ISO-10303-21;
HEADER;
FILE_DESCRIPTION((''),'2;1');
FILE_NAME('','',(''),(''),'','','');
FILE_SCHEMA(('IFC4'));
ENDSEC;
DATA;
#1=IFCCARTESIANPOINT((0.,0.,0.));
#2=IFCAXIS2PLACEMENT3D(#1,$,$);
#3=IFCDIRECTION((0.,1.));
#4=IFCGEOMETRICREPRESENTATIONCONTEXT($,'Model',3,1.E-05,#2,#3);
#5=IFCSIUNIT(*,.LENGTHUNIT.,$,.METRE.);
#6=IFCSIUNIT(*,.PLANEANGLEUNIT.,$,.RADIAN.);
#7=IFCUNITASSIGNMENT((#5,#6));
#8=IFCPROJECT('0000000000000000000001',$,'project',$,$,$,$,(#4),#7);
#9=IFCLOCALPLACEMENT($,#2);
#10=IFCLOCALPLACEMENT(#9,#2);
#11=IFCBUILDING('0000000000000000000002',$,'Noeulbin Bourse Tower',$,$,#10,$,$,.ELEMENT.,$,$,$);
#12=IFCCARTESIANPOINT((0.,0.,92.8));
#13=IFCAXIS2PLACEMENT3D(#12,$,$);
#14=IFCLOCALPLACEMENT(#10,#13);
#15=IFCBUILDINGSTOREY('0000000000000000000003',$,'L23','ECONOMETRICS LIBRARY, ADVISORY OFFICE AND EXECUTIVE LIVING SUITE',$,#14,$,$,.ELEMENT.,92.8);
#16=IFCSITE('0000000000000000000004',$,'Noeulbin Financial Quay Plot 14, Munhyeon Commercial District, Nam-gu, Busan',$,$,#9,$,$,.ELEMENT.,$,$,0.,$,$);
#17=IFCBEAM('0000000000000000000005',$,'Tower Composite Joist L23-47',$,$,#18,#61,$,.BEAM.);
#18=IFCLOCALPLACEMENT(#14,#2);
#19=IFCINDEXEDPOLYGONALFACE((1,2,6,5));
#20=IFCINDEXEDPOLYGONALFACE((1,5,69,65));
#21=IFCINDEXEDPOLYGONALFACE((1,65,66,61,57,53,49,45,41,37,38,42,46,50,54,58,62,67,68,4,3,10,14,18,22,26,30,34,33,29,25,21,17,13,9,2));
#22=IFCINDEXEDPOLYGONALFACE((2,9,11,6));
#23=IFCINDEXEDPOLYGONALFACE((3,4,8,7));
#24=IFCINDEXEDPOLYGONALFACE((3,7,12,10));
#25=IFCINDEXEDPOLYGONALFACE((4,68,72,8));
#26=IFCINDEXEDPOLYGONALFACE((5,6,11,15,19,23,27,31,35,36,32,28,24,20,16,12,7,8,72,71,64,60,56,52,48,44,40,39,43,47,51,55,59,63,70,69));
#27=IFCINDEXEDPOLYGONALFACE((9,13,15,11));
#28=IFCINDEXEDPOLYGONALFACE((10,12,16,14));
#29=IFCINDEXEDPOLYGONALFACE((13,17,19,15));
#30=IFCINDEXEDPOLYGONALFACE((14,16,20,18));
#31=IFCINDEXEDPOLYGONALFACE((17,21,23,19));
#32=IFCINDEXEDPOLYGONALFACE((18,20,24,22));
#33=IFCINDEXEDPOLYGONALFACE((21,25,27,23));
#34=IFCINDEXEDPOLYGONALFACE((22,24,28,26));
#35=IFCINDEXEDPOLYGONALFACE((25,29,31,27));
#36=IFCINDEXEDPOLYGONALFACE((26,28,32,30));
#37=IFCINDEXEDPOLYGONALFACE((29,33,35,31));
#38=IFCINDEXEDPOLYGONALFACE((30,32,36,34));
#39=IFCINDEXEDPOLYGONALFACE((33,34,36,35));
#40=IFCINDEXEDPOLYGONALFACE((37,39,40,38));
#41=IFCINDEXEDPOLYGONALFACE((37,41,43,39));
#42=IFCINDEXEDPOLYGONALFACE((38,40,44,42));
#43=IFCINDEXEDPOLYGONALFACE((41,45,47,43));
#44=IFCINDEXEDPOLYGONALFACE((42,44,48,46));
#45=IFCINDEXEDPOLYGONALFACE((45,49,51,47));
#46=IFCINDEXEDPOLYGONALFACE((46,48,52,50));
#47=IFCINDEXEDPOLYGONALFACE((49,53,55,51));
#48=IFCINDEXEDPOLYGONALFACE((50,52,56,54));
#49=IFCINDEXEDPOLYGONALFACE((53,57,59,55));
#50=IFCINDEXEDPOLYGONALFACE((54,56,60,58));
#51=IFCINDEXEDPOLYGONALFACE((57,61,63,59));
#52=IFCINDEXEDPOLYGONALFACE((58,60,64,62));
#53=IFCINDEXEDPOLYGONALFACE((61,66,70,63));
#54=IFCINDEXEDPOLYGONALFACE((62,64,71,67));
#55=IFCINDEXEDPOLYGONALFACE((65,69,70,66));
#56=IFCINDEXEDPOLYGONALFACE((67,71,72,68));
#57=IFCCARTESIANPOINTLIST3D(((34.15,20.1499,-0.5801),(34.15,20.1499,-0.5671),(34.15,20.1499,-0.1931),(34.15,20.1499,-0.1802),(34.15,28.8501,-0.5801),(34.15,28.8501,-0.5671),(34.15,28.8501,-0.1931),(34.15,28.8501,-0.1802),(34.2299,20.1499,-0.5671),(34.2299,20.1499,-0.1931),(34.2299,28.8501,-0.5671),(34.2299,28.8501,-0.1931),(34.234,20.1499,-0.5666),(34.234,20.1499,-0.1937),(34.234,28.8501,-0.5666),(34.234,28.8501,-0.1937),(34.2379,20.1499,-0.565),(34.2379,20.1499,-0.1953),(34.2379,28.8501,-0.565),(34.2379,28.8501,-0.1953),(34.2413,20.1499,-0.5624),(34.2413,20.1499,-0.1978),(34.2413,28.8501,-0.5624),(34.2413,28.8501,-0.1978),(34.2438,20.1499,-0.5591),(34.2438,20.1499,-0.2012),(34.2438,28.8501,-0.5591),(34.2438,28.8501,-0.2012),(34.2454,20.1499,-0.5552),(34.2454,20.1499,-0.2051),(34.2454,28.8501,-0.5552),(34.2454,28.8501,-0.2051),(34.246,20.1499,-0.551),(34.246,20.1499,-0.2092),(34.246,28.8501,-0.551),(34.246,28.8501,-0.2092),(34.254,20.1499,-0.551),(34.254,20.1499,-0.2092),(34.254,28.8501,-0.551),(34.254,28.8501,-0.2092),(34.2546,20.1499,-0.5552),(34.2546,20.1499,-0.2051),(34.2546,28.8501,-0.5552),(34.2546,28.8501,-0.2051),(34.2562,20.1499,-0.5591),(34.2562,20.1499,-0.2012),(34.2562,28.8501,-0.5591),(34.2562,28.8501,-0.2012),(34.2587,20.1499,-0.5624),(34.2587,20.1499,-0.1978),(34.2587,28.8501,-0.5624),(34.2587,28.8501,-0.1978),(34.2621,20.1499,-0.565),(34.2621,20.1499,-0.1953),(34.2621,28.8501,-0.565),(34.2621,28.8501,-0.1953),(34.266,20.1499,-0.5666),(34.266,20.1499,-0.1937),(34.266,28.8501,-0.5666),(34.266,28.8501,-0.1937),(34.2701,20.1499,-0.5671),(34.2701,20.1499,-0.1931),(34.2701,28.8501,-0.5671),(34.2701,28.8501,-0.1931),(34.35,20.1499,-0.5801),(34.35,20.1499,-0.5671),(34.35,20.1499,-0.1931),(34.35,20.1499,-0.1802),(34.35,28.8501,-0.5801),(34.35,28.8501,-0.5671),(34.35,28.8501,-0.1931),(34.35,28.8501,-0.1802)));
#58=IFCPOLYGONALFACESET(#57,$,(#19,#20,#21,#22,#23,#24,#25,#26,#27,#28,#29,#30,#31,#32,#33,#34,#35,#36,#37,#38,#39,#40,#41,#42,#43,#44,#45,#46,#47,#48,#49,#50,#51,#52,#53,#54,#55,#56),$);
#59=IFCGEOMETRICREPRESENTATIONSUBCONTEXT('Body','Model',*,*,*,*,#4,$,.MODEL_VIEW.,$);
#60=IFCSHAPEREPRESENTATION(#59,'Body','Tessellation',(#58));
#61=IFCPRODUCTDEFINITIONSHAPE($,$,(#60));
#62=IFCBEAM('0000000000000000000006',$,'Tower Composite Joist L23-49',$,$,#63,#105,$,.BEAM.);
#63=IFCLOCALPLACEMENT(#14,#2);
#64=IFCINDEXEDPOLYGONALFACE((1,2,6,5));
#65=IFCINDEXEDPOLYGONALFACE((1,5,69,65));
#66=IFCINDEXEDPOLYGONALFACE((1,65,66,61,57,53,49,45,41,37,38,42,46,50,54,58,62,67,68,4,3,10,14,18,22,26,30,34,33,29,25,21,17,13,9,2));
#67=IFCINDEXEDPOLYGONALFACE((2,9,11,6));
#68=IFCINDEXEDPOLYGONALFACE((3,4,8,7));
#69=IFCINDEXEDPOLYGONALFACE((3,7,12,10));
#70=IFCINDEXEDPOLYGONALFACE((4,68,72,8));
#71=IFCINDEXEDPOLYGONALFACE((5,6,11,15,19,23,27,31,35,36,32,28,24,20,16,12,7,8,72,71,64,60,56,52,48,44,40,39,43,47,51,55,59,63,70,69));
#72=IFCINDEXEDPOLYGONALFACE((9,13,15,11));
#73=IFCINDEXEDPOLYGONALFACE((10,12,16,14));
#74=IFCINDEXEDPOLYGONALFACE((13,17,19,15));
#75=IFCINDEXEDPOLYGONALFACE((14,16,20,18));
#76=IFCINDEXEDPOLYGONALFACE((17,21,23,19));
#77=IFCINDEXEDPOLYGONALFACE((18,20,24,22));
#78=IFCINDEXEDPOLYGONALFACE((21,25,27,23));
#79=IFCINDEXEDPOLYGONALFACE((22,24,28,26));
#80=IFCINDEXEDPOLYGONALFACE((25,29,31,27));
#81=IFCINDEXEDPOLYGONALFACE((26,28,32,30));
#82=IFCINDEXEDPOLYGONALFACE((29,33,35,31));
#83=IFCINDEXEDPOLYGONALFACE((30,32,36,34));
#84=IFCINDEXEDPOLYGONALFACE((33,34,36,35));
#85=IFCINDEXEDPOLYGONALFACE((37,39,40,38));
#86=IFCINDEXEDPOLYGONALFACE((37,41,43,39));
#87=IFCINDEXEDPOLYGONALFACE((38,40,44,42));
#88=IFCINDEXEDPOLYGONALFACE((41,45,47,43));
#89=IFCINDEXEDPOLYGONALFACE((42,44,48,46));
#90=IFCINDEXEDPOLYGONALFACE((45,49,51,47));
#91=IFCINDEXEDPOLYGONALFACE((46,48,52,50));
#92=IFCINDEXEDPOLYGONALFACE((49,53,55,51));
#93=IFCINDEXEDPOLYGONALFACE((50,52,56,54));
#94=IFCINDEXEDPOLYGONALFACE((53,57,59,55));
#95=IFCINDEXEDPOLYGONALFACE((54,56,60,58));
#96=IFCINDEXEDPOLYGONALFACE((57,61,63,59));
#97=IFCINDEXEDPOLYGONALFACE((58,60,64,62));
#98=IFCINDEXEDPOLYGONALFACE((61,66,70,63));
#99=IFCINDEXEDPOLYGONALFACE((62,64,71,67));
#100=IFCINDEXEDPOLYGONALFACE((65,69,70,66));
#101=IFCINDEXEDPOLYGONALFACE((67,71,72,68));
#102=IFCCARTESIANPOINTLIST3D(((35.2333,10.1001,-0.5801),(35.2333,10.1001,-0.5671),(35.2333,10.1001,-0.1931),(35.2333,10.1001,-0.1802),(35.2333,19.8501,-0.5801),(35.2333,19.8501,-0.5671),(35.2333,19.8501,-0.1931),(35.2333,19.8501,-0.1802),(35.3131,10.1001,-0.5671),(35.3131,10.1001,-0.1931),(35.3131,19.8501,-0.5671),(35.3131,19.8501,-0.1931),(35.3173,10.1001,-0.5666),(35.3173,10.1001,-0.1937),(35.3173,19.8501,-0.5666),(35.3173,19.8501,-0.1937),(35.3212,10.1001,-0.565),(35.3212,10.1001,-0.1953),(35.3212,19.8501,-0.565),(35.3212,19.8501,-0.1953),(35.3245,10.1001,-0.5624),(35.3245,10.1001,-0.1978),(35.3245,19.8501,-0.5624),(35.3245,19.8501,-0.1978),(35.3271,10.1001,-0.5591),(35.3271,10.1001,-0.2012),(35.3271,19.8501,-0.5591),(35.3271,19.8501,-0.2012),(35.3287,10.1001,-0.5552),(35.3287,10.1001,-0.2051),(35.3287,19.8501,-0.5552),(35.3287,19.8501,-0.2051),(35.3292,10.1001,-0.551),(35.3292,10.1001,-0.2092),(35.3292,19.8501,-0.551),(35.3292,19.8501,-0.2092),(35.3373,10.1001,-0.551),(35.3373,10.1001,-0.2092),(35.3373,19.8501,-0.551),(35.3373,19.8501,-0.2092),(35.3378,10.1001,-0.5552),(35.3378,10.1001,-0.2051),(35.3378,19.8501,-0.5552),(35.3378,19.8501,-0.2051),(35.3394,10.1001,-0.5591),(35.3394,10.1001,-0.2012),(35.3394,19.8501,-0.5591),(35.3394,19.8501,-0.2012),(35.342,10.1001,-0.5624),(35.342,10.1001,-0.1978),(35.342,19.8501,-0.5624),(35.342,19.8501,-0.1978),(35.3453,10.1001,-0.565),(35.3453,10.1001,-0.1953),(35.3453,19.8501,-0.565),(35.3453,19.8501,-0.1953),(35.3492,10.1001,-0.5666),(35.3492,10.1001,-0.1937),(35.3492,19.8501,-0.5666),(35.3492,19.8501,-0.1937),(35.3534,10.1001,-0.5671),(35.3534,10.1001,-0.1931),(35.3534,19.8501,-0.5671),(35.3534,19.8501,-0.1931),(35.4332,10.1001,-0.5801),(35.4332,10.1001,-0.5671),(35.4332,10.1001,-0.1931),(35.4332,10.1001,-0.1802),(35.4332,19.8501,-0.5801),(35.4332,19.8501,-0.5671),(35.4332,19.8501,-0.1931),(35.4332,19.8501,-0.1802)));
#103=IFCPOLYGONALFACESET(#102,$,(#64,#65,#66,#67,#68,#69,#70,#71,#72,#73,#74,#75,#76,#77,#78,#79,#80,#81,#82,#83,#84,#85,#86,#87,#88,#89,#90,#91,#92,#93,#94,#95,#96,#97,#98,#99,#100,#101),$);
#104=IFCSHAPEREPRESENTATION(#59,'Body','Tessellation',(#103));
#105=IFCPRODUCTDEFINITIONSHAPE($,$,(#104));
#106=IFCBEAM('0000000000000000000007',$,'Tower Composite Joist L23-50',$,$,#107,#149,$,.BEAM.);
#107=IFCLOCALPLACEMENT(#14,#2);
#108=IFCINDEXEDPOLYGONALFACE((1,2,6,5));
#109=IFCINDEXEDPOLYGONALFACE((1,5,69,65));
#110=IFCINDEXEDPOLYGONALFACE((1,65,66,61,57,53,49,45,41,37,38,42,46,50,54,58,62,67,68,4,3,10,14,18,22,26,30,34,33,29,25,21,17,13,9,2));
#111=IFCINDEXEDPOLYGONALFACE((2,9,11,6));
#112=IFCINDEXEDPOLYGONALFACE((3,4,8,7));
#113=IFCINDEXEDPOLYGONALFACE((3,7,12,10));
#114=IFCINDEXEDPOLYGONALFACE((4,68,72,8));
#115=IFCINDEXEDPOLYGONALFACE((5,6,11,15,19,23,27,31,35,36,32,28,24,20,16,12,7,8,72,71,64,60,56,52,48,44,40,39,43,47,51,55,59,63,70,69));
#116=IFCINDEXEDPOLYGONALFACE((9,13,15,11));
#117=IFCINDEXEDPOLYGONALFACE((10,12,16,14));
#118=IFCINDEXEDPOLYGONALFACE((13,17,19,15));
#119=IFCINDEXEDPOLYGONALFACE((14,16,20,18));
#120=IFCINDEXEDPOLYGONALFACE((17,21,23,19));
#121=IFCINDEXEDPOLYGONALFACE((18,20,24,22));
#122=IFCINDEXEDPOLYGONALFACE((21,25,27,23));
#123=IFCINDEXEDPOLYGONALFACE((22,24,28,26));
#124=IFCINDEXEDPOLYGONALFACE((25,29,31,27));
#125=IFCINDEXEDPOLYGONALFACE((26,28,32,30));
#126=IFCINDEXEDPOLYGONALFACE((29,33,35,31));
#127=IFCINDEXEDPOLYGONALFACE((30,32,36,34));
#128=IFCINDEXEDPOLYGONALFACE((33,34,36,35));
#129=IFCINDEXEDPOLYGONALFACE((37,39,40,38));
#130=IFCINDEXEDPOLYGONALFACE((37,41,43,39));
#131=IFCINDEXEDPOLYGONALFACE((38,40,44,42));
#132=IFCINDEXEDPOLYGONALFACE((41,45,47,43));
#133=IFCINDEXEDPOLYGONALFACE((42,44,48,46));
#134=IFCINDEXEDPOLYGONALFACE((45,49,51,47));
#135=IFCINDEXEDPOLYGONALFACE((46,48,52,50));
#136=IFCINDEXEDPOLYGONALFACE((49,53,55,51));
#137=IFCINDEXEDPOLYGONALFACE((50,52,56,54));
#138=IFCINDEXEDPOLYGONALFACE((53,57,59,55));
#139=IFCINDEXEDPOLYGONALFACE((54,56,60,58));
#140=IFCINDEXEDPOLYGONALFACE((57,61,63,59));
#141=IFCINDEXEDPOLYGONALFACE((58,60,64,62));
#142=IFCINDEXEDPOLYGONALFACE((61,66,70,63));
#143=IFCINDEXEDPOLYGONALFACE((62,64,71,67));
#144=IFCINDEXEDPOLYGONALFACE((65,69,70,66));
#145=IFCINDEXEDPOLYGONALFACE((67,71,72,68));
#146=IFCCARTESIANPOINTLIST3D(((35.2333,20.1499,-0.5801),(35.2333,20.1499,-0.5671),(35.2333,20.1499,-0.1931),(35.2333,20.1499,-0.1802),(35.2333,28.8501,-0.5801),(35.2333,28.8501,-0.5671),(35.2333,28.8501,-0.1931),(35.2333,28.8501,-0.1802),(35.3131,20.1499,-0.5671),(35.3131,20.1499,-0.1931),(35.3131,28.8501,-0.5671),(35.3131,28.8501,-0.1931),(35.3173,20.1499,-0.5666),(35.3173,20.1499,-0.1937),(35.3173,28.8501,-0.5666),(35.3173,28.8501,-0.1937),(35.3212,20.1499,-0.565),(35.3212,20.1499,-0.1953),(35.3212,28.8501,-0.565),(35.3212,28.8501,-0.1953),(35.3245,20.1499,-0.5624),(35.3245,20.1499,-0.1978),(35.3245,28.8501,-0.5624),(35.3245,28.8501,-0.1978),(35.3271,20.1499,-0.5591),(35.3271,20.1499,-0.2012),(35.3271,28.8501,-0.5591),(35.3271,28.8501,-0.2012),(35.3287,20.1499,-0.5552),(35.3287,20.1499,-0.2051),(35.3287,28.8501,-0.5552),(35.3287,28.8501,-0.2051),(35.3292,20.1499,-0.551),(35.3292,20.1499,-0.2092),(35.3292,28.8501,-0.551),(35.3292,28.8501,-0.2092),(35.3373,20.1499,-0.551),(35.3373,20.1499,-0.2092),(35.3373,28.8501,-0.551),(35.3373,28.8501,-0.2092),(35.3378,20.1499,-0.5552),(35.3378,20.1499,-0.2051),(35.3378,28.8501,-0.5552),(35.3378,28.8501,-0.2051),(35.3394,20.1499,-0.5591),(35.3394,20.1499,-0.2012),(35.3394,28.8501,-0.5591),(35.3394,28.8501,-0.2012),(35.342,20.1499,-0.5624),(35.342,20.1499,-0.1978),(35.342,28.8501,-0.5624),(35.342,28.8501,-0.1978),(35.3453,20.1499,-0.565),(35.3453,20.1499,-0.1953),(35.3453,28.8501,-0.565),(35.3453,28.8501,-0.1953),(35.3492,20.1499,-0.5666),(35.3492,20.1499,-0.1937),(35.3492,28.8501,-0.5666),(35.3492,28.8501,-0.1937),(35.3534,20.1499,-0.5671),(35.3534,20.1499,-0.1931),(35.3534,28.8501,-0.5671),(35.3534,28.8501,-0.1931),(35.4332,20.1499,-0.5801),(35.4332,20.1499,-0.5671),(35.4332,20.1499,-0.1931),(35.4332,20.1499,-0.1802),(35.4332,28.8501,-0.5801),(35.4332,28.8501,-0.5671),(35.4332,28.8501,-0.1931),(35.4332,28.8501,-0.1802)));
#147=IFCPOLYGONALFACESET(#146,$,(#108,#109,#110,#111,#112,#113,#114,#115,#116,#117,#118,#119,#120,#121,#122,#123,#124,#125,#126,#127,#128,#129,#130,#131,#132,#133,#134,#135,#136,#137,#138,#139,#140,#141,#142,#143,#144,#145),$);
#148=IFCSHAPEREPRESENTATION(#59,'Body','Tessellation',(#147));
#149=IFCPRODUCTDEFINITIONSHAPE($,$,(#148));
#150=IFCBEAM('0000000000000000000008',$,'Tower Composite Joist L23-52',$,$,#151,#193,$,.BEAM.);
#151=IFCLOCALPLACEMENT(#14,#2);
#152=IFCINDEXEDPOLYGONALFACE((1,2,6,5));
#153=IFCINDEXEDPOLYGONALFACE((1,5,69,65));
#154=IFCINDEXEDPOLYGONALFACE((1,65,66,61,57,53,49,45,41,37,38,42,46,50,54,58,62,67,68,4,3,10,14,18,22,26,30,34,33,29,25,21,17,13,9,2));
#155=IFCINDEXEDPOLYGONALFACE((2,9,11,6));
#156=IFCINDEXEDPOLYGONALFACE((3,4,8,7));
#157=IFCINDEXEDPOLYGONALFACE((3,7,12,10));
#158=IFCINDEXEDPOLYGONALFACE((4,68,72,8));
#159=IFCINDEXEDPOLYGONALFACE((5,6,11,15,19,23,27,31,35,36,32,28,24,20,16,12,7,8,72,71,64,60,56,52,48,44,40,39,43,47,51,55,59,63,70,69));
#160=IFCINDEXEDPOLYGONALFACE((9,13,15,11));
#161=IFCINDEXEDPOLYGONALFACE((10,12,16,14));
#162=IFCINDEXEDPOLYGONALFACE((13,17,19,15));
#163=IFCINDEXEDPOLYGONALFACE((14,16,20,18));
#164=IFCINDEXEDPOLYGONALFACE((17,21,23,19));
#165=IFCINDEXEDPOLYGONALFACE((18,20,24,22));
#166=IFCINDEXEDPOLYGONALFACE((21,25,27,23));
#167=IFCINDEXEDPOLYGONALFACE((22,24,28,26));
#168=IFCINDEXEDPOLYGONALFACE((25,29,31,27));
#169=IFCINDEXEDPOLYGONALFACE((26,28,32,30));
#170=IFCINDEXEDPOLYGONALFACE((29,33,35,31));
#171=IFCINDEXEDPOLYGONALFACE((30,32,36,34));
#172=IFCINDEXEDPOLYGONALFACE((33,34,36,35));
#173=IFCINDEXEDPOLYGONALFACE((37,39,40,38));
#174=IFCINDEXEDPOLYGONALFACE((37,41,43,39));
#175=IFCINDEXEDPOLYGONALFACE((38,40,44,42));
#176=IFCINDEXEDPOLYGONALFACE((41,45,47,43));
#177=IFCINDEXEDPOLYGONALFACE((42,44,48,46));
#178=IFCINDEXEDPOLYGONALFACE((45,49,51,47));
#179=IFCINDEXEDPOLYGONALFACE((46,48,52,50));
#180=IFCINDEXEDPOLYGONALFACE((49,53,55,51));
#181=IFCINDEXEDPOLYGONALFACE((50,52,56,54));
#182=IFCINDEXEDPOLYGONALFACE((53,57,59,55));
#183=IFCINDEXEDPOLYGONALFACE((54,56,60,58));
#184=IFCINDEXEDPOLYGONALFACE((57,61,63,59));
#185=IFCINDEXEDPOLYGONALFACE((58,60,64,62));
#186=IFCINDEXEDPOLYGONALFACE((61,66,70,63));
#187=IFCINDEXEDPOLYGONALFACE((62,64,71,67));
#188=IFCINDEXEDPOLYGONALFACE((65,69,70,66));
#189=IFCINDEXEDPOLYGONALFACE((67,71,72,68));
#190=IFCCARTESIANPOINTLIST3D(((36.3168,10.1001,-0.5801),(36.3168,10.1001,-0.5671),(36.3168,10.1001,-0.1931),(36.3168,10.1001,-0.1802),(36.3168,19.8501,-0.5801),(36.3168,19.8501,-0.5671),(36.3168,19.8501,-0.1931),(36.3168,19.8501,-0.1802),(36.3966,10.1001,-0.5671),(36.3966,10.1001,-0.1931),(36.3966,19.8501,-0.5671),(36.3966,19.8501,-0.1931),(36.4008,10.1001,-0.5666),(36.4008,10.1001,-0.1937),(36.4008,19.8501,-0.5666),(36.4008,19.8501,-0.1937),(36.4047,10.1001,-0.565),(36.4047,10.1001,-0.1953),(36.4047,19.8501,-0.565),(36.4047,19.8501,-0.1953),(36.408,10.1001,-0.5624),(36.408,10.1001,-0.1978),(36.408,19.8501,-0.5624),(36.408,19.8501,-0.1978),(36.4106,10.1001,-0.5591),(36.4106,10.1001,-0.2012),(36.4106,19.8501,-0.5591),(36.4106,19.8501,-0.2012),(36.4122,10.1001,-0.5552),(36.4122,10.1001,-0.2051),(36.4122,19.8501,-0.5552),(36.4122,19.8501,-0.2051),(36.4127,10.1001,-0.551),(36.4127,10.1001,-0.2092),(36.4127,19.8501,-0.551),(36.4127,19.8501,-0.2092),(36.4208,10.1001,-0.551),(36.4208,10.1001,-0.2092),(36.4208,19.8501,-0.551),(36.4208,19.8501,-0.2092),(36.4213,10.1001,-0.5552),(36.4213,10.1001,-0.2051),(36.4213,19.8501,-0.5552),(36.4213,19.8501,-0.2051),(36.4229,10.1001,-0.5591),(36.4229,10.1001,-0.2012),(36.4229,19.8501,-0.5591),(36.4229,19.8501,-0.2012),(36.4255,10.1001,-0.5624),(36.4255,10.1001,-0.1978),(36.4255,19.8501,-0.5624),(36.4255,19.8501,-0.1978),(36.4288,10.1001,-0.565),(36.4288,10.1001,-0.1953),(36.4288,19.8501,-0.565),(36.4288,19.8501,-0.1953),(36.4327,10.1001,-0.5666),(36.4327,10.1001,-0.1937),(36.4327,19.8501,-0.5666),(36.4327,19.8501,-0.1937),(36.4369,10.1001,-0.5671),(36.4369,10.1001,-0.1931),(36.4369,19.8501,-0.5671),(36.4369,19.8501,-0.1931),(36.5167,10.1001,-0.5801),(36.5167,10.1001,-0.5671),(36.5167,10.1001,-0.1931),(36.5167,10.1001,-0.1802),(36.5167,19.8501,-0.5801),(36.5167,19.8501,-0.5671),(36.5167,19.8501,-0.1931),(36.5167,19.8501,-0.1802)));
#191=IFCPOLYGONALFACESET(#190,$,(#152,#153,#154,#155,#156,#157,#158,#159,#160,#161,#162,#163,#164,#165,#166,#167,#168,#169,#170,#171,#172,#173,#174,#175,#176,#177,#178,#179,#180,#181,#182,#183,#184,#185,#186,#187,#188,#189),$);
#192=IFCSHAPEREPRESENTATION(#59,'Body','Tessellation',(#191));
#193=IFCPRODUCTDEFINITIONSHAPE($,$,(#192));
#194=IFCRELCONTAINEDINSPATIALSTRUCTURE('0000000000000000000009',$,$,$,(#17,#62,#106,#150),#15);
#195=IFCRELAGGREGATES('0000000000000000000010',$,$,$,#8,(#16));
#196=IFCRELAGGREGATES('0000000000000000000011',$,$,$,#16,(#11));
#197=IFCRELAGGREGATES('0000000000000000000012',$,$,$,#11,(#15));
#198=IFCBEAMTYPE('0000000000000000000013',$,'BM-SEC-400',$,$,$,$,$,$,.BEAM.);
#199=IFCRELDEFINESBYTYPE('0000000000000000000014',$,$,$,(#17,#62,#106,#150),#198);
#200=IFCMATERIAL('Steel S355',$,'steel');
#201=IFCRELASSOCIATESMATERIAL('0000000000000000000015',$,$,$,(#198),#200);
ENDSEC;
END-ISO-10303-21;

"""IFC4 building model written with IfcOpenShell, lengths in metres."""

from ifc_helpers import new_model, si_unit, direction, frame, origin, origin_2d, place, context, subcontext, project, spatial, i_section, extrude, material, material_profile, profile_set, type_object, element, save


model = new_model("IFC4")

# Units and contexts
model_context = context("Model", 3, precision=1e-05, world=origin(), true_north=direction((0.0, 1.0)))
body_context = subcontext(model_context, "Body", "Model", "MODEL_VIEW")
ifc_project = project(units=[si_unit("LENGTHUNIT", "METRE"), si_unit("PLANEANGLEUNIT", "RADIAN")], contexts=[model_context])

# Site, building, storey
site_placement = place(None, origin())
site = spatial("IfcSite", under=ifc_project, at=site_placement, Name="Noeulbin Financial Quay Plot 14, Munhyeon Commercial District, Nam-gu, Busan", CompositionType="ELEMENT", RefElevation=0.0)
building_placement = place(site_placement, origin())
building = spatial("IfcBuilding", under=site, at=building_placement, Name="Noeulbin Bourse Tower", CompositionType="ELEMENT")
storey_placement = place(building_placement, frame((0.0, 0.0, 92.8)))
storey = spatial("IfcBuildingStorey", under=building, at=storey_placement, Name="L23", Description="ECONOMETRICS LIBRARY, ADVISORY OFFICE AND EXECUTIVE LIVING SUITE", CompositionType="ELEMENT", Elevation=92.8)

# Beams
ifc_material_1 = material(Name="Steel S355", Category="steel")
ifc_material_profile_1 = material_profile(ifc_material_1, i_section(OverallWidth=0.2, OverallDepth=0.3999, WebThickness=0.0081, FlangeThickness=0.0129, FilletRadius=0.0161, at=origin_2d()), Name="H-400x200x8x13", Category="LoadBearing")
ifc_profile_set_1 = profile_set([ifc_material_profile_1], Name="Steel S355")
beam_type_1 = type_object("IfcBeamType", Name="BM-SEC-400", PredefinedType="BEAM", material=ifc_profile_set_1)
beam_1_placement = place(storey_placement, frame((34.25, 20.1499, -0.3801), z_axis=(0.0, 1.0, 0.0), x_axis=(-1.0, 0.0, 0.0)))
element("IfcBeam", 1, at=beam_1_placement, inside=storey, type_object=beam_type_1, Name="Tower Composite Joist L23-47", PredefinedType="BEAM", context=body_context, shape_type="SweptSolid", body=[
    extrude(i_section(OverallWidth=0.2, OverallDepth=0.3999, WebThickness=0.0081, FlangeThickness=0.0129, FilletRadius=0.0161, at=origin_2d()), origin(), (0.0, 0.0, 1.0), 8.7002),
])
beam_2_placement = place(storey_placement, frame((35.3333, 10.1001, -0.3801), z_axis=(0.0, 1.0, 0.0), x_axis=(-1.0, 0.0, 0.0)))
element("IfcBeam", 2, at=beam_2_placement, inside=storey, type_object=beam_type_1, Name="Tower Composite Joist L23-49", PredefinedType="BEAM", context=body_context, shape_type="SweptSolid", body=[
    extrude(i_section(OverallWidth=0.2, OverallDepth=0.3999, WebThickness=0.0081, FlangeThickness=0.0129, FilletRadius=0.0161, at=origin_2d()), origin(), (0.0, 0.0, 1.0), 9.75),
])
beam_3_placement = place(storey_placement, frame((35.3333, 20.1499, -0.3801), z_axis=(0.0, 1.0, 0.0), x_axis=(-1.0, 0.0, 0.0)))
element("IfcBeam", 3, at=beam_3_placement, inside=storey, type_object=beam_type_1, Name="Tower Composite Joist L23-50", PredefinedType="BEAM", context=body_context, shape_type="SweptSolid", body=[
    extrude(i_section(OverallWidth=0.2, OverallDepth=0.3999, WebThickness=0.0081, FlangeThickness=0.0129, FilletRadius=0.0161, at=origin_2d()), origin(), (0.0, 0.0, 1.0), 8.7002),
])
beam_4_placement = place(storey_placement, frame((36.4167, 10.1001, -0.3801), z_axis=(0.0, 1.0, 0.0), x_axis=(-1.0, 0.0, 0.0)))
element("IfcBeam", 4, at=beam_4_placement, inside=storey, type_object=beam_type_1, Name="Tower Composite Joist L23-52", PredefinedType="BEAM", context=body_context, shape_type="SweptSolid", body=[
    extrude(i_section(OverallWidth=0.2, OverallDepth=0.3999, WebThickness=0.0081, FlangeThickness=0.0129, FilletRadius=0.0161, at=origin_2d()), origin(), (0.0, 0.0, 1.0), 9.75),
])

save(model, "model.ifc")
